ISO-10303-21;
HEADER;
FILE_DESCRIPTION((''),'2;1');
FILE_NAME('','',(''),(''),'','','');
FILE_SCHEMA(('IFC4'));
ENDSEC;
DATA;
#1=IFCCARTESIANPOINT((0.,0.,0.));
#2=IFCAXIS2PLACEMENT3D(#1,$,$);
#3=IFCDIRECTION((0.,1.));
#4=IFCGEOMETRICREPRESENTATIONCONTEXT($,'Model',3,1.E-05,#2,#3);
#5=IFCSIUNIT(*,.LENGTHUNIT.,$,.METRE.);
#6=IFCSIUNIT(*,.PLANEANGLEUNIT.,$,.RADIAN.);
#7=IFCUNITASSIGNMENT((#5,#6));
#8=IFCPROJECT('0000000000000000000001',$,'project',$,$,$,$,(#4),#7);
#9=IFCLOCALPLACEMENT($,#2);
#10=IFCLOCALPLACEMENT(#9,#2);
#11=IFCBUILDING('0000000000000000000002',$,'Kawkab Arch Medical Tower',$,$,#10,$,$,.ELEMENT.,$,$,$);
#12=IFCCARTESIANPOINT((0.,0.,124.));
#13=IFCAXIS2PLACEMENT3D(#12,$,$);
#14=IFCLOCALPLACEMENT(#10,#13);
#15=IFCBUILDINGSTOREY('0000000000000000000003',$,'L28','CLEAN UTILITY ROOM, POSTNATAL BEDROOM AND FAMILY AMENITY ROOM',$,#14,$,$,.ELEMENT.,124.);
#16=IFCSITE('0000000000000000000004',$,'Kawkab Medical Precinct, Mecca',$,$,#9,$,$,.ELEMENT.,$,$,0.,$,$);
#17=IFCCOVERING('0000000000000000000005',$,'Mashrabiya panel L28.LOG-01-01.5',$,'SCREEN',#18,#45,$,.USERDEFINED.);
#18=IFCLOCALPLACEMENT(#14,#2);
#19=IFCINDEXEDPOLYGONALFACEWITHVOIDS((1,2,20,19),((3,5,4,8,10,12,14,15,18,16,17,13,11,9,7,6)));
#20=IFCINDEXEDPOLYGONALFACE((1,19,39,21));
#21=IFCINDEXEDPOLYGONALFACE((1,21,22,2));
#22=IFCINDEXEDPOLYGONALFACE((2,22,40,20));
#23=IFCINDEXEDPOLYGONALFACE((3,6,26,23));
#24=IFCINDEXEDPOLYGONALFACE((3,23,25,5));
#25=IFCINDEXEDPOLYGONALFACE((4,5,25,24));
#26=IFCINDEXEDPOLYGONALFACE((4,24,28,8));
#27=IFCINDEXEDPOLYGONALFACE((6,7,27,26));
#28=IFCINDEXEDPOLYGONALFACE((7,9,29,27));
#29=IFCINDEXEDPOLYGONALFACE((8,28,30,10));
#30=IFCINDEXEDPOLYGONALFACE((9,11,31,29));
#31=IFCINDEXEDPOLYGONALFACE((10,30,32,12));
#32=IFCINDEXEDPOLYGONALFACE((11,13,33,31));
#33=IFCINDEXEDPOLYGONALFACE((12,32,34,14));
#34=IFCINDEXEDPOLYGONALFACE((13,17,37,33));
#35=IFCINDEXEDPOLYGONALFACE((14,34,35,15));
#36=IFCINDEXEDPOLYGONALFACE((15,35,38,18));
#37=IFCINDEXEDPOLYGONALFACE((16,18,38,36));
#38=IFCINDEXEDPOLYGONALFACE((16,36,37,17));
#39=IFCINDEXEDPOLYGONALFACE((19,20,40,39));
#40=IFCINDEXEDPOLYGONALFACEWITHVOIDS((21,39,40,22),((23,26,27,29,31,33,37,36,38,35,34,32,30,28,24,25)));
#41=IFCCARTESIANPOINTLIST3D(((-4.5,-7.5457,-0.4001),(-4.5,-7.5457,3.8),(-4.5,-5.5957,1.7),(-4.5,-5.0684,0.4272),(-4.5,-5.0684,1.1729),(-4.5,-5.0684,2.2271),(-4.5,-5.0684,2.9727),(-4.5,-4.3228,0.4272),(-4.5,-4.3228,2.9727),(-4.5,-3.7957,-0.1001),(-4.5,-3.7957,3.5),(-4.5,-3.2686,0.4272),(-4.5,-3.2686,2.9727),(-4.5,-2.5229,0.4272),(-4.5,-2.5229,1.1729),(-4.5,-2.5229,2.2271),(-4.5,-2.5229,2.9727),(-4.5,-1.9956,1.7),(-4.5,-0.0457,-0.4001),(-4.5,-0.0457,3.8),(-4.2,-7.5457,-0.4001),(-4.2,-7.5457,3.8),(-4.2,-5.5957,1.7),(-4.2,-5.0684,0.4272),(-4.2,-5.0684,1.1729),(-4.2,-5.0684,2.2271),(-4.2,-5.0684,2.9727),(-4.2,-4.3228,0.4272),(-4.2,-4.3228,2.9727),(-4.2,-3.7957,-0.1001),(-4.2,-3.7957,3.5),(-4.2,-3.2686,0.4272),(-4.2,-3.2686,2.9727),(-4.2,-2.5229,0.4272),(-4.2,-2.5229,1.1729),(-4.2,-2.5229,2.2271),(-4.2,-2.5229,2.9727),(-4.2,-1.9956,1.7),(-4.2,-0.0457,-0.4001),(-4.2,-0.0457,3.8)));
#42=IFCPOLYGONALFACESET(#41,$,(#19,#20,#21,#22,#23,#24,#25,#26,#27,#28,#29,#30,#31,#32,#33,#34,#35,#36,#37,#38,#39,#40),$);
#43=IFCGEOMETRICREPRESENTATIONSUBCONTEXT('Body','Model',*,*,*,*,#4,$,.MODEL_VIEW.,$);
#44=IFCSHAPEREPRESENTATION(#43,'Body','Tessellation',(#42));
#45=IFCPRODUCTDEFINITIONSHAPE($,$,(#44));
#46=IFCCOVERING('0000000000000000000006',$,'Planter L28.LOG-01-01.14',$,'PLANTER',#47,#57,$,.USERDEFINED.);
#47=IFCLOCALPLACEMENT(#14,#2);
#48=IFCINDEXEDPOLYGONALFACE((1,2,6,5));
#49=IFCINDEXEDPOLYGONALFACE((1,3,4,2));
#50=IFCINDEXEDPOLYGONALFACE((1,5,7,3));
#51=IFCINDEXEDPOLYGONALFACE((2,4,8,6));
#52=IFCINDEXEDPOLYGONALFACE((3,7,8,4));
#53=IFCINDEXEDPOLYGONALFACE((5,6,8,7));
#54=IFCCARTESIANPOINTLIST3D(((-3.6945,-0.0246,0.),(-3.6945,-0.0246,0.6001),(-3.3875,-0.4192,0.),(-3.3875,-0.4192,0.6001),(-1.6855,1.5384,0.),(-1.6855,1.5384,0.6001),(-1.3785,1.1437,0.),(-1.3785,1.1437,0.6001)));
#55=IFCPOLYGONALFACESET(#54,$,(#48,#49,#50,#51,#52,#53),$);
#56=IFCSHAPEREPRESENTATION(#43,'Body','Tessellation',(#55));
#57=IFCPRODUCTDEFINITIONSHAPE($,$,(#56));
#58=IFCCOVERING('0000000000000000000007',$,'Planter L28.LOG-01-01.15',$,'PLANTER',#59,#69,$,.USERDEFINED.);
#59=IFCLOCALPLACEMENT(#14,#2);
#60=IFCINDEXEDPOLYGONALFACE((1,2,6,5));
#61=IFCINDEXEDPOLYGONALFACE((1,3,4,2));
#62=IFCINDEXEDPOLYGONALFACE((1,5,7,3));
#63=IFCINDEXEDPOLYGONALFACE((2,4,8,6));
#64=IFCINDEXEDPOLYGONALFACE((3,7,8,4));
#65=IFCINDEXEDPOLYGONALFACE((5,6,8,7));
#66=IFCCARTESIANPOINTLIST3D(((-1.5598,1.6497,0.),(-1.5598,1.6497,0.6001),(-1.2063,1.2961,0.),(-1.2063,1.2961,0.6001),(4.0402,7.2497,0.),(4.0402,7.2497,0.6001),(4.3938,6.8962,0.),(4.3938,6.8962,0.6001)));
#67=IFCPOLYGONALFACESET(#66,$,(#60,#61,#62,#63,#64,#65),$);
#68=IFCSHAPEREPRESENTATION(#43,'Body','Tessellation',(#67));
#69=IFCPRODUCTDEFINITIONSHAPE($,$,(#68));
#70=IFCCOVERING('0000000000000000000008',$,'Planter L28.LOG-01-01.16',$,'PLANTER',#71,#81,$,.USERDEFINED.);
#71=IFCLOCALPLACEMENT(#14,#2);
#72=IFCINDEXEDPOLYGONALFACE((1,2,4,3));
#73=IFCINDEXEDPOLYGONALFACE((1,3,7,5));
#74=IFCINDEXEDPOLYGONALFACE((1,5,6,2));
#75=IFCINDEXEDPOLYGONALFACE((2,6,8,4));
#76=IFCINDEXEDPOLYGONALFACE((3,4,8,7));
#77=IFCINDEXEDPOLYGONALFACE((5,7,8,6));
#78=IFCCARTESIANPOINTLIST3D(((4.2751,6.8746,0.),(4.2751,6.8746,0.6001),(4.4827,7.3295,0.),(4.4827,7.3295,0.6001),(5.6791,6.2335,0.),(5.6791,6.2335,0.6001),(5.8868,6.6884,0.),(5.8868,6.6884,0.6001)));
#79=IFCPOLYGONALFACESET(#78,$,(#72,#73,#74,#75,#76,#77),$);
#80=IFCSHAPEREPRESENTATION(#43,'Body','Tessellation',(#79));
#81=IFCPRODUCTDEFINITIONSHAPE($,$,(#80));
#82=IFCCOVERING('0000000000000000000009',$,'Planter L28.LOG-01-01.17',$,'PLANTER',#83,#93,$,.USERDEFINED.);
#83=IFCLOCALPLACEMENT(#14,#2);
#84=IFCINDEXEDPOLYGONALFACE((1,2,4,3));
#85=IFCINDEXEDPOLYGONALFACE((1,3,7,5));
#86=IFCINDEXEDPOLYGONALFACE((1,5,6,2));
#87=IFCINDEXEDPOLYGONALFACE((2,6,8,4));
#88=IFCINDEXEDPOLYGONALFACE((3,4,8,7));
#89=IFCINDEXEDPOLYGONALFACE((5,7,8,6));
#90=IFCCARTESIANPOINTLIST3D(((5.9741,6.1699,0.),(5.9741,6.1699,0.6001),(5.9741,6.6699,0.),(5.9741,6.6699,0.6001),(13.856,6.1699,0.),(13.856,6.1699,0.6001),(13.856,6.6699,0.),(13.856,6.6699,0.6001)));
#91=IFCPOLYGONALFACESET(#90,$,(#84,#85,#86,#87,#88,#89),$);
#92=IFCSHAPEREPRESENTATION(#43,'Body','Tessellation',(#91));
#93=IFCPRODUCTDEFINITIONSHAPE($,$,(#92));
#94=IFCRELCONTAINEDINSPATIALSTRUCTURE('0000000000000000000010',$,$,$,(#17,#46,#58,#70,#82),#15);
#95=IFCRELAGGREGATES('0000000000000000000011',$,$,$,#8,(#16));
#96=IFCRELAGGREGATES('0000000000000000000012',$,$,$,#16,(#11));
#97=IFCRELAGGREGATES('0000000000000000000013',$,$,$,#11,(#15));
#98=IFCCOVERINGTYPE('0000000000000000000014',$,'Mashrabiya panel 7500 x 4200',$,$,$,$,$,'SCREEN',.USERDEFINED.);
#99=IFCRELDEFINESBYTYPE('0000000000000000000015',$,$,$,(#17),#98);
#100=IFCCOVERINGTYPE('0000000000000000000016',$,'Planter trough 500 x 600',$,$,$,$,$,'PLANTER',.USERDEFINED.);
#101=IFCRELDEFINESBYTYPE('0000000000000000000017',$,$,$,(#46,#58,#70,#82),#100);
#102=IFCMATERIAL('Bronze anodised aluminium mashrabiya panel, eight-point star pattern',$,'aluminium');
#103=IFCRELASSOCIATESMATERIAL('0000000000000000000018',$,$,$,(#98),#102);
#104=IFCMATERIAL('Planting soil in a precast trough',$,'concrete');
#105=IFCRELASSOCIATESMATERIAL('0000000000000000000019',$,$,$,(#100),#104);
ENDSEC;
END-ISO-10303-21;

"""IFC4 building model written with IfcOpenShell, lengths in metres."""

from ifc_helpers import new_model, si_unit, direction, frame, origin, origin_2d, place, context, subcontext, project, spatial, polyline, rectangle, outline, extrude, material, material_profile, profile_set, type_object, element, save


model = new_model("IFC4")

# Units and contexts
model_context = context("Model", 3, precision=1e-05, world=origin(), true_north=direction((0.0, 1.0)))
body_context = subcontext(model_context, "Body", "Model", "MODEL_VIEW")
ifc_project = project(units=[si_unit("LENGTHUNIT", "METRE"), si_unit("PLANEANGLEUNIT", "RADIAN")], contexts=[model_context])

# Site, building, storey
site_placement = place(None, origin())
site = spatial("IfcSite", under=ifc_project, at=site_placement, Name="Kawkab Medical Precinct, Mecca", CompositionType="ELEMENT", RefElevation=0.0)
building_placement = place(site_placement, origin())
building = spatial("IfcBuilding", under=site, at=building_placement, Name="Kawkab Arch Medical Tower", CompositionType="ELEMENT")
storey_placement = place(building_placement, frame((0.0, 0.0, 124.0)))
storey = spatial("IfcBuildingStorey", under=building, at=storey_placement, Name="L28", Description="CLEAN UTILITY ROOM, POSTNATAL BEDROOM AND FAMILY AMENITY ROOM", CompositionType="ELEMENT", Elevation=124.0)

# Coverings
ifc_material_1 = material(Name="Bronze anodised aluminium mashrabiya panel, eight-point star pattern", Category="aluminium")
ifc_material_profile_1 = material_profile(ifc_material_1, outline(polyline([(-3.75, -2.1001), (3.75, -2.1001), (3.75, 2.1001), (-3.75, 2.1001), (-3.75, -2.1001)]), holes=[polyline([(1.8, 0.0), (1.2727, 0.5271), (1.2727, 1.2727), (0.5271, 1.2727), (0.0, 1.8), (-0.5271, 1.2727), (-1.2727, 1.2727), (-1.2727, 0.5271), (-1.8, 0.0), (-1.2727, -0.5271), (-1.2727, -1.2727), (-0.5271, -1.2727), (0.0, -1.8), (0.5271, -1.2727), (1.2727, -1.2727), (1.2727, -0.5271), (1.8, 0.0)])]), Name="Mashrabiya panel 7500x4200")
ifc_profile_set_1 = profile_set([ifc_material_profile_1], Name="Bronze anodised aluminium mashrabiya panel, eight-point star pattern")
covering_type_1 = type_object("IfcCoveringType", Name="Mashrabiya panel 7500 x 4200", ElementType="SCREEN", PredefinedType="USERDEFINED", material=ifc_profile_set_1)
covering_1_placement = place(storey_placement, frame((-4.2, -3.7957, 1.7), z_axis=(-1.0, 0.0, 0.0), x_axis=(0.0, -1.0, 0.0)))
element("IfcCovering", 1, at=covering_1_placement, inside=storey, type_object=covering_type_1, Name="Mashrabiya panel L28.LOG-01-01.5", ObjectType="SCREEN", PredefinedType="USERDEFINED", context=body_context, shape_type="SweptSolid", body=[
    extrude(outline(polyline([(-3.75, -2.1001), (3.75, -2.1001), (3.75, 2.1001), (-3.75, 2.1001), (-3.75, -2.1001)]), holes=[polyline([(1.8, 0.0), (1.2727, 0.5271), (1.2727, 1.2727), (0.5271, 1.2727), (0.0, 1.8), (-0.5271, 1.2727), (-1.2727, 1.2727), (-1.2727, 0.5271), (-1.8, 0.0), (-1.2727, -0.5271), (-1.2727, -1.2727), (-0.5271, -1.2727), (0.0, -1.8), (0.5271, -1.2727), (1.2727, -1.2727), (1.2727, -0.5271), (1.8, 0.0)])]), origin(), (0.0, 0.0, 1.0), 0.3),
])
ifc_material_2 = material(Name="Planting soil in a precast trough", Category="concrete")
ifc_material_profile_2 = material_profile(ifc_material_2, rectangle(XDim=0.5, YDim=0.6001, at=origin_2d()), Name="Trough 500x600")
ifc_profile_set_2 = profile_set([ifc_material_profile_2], Name="Planting soil in a precast trough")
covering_type_2 = type_object("IfcCoveringType", Name="Planter trough 500 x 600", ElementType="PLANTER", PredefinedType="USERDEFINED", material=ifc_profile_set_2)
covering_2_placement = place(storey_placement, frame((-3.541, -0.2219, 0.3), z_axis=(0.789275, 0.61404, 0.0), x_axis=(-0.61404, 0.789275, 0.0)))
element("IfcCovering", 2, at=covering_2_placement, inside=storey, type_object=covering_type_2, Name="Planter L28.LOG-01-01.14", ObjectType="PLANTER", PredefinedType="USERDEFINED", context=body_context, shape_type="SweptSolid", body=[
    extrude(rectangle(XDim=0.5, YDim=0.6001, at=origin_2d()), origin(), (0.0, 0.0, 1.0), 2.5454),
])
covering_3_placement = place(storey_placement, frame((-1.3831, 1.4729, 0.3), z_axis=(0.707107, 0.707107, 0.0), x_axis=(-0.707107, 0.707107, 0.0)))
element("IfcCovering", 3, at=covering_3_placement, inside=storey, type_object=covering_type_2, Name="Planter L28.LOG-01-01.15", ObjectType="PLANTER", PredefinedType="USERDEFINED", context=body_context, shape_type="SweptSolid", body=[
    extrude(rectangle(XDim=0.5, YDim=0.6001, at=origin_2d()), origin(), (0.0, 0.0, 1.0), 7.9197),
])
covering_4_placement = place(storey_placement, frame((4.3789, 7.1021, 0.3), z_axis=(0.909656, -0.415363, 0.0), x_axis=(0.415363, 0.909656, 0.0)))
element("IfcCovering", 4, at=covering_4_placement, inside=storey, type_object=covering_type_2, Name="Planter L28.LOG-01-01.16", ObjectType="PLANTER", PredefinedType="USERDEFINED", context=body_context, shape_type="SweptSolid", body=[
    extrude(rectangle(XDim=0.5, YDim=0.6001, at=origin_2d()), origin(), (0.0, 0.0, 1.0), 1.5435),
])
covering_5_placement = place(storey_placement, frame((5.9741, 6.4199, 0.3), z_axis=(1.0, 0.0, 0.0), x_axis=(0.0, 1.0, 0.0)))
element("IfcCovering", 5, at=covering_5_placement, inside=storey, type_object=covering_type_2, Name="Planter L28.LOG-01-01.17", ObjectType="PLANTER", PredefinedType="USERDEFINED", context=body_context, shape_type="SweptSolid", body=[
    extrude(rectangle(XDim=0.5, YDim=0.6001, at=origin_2d()), origin(), (0.0, 0.0, 1.0), 7.8818),
])

save(model, "model.ifc")
